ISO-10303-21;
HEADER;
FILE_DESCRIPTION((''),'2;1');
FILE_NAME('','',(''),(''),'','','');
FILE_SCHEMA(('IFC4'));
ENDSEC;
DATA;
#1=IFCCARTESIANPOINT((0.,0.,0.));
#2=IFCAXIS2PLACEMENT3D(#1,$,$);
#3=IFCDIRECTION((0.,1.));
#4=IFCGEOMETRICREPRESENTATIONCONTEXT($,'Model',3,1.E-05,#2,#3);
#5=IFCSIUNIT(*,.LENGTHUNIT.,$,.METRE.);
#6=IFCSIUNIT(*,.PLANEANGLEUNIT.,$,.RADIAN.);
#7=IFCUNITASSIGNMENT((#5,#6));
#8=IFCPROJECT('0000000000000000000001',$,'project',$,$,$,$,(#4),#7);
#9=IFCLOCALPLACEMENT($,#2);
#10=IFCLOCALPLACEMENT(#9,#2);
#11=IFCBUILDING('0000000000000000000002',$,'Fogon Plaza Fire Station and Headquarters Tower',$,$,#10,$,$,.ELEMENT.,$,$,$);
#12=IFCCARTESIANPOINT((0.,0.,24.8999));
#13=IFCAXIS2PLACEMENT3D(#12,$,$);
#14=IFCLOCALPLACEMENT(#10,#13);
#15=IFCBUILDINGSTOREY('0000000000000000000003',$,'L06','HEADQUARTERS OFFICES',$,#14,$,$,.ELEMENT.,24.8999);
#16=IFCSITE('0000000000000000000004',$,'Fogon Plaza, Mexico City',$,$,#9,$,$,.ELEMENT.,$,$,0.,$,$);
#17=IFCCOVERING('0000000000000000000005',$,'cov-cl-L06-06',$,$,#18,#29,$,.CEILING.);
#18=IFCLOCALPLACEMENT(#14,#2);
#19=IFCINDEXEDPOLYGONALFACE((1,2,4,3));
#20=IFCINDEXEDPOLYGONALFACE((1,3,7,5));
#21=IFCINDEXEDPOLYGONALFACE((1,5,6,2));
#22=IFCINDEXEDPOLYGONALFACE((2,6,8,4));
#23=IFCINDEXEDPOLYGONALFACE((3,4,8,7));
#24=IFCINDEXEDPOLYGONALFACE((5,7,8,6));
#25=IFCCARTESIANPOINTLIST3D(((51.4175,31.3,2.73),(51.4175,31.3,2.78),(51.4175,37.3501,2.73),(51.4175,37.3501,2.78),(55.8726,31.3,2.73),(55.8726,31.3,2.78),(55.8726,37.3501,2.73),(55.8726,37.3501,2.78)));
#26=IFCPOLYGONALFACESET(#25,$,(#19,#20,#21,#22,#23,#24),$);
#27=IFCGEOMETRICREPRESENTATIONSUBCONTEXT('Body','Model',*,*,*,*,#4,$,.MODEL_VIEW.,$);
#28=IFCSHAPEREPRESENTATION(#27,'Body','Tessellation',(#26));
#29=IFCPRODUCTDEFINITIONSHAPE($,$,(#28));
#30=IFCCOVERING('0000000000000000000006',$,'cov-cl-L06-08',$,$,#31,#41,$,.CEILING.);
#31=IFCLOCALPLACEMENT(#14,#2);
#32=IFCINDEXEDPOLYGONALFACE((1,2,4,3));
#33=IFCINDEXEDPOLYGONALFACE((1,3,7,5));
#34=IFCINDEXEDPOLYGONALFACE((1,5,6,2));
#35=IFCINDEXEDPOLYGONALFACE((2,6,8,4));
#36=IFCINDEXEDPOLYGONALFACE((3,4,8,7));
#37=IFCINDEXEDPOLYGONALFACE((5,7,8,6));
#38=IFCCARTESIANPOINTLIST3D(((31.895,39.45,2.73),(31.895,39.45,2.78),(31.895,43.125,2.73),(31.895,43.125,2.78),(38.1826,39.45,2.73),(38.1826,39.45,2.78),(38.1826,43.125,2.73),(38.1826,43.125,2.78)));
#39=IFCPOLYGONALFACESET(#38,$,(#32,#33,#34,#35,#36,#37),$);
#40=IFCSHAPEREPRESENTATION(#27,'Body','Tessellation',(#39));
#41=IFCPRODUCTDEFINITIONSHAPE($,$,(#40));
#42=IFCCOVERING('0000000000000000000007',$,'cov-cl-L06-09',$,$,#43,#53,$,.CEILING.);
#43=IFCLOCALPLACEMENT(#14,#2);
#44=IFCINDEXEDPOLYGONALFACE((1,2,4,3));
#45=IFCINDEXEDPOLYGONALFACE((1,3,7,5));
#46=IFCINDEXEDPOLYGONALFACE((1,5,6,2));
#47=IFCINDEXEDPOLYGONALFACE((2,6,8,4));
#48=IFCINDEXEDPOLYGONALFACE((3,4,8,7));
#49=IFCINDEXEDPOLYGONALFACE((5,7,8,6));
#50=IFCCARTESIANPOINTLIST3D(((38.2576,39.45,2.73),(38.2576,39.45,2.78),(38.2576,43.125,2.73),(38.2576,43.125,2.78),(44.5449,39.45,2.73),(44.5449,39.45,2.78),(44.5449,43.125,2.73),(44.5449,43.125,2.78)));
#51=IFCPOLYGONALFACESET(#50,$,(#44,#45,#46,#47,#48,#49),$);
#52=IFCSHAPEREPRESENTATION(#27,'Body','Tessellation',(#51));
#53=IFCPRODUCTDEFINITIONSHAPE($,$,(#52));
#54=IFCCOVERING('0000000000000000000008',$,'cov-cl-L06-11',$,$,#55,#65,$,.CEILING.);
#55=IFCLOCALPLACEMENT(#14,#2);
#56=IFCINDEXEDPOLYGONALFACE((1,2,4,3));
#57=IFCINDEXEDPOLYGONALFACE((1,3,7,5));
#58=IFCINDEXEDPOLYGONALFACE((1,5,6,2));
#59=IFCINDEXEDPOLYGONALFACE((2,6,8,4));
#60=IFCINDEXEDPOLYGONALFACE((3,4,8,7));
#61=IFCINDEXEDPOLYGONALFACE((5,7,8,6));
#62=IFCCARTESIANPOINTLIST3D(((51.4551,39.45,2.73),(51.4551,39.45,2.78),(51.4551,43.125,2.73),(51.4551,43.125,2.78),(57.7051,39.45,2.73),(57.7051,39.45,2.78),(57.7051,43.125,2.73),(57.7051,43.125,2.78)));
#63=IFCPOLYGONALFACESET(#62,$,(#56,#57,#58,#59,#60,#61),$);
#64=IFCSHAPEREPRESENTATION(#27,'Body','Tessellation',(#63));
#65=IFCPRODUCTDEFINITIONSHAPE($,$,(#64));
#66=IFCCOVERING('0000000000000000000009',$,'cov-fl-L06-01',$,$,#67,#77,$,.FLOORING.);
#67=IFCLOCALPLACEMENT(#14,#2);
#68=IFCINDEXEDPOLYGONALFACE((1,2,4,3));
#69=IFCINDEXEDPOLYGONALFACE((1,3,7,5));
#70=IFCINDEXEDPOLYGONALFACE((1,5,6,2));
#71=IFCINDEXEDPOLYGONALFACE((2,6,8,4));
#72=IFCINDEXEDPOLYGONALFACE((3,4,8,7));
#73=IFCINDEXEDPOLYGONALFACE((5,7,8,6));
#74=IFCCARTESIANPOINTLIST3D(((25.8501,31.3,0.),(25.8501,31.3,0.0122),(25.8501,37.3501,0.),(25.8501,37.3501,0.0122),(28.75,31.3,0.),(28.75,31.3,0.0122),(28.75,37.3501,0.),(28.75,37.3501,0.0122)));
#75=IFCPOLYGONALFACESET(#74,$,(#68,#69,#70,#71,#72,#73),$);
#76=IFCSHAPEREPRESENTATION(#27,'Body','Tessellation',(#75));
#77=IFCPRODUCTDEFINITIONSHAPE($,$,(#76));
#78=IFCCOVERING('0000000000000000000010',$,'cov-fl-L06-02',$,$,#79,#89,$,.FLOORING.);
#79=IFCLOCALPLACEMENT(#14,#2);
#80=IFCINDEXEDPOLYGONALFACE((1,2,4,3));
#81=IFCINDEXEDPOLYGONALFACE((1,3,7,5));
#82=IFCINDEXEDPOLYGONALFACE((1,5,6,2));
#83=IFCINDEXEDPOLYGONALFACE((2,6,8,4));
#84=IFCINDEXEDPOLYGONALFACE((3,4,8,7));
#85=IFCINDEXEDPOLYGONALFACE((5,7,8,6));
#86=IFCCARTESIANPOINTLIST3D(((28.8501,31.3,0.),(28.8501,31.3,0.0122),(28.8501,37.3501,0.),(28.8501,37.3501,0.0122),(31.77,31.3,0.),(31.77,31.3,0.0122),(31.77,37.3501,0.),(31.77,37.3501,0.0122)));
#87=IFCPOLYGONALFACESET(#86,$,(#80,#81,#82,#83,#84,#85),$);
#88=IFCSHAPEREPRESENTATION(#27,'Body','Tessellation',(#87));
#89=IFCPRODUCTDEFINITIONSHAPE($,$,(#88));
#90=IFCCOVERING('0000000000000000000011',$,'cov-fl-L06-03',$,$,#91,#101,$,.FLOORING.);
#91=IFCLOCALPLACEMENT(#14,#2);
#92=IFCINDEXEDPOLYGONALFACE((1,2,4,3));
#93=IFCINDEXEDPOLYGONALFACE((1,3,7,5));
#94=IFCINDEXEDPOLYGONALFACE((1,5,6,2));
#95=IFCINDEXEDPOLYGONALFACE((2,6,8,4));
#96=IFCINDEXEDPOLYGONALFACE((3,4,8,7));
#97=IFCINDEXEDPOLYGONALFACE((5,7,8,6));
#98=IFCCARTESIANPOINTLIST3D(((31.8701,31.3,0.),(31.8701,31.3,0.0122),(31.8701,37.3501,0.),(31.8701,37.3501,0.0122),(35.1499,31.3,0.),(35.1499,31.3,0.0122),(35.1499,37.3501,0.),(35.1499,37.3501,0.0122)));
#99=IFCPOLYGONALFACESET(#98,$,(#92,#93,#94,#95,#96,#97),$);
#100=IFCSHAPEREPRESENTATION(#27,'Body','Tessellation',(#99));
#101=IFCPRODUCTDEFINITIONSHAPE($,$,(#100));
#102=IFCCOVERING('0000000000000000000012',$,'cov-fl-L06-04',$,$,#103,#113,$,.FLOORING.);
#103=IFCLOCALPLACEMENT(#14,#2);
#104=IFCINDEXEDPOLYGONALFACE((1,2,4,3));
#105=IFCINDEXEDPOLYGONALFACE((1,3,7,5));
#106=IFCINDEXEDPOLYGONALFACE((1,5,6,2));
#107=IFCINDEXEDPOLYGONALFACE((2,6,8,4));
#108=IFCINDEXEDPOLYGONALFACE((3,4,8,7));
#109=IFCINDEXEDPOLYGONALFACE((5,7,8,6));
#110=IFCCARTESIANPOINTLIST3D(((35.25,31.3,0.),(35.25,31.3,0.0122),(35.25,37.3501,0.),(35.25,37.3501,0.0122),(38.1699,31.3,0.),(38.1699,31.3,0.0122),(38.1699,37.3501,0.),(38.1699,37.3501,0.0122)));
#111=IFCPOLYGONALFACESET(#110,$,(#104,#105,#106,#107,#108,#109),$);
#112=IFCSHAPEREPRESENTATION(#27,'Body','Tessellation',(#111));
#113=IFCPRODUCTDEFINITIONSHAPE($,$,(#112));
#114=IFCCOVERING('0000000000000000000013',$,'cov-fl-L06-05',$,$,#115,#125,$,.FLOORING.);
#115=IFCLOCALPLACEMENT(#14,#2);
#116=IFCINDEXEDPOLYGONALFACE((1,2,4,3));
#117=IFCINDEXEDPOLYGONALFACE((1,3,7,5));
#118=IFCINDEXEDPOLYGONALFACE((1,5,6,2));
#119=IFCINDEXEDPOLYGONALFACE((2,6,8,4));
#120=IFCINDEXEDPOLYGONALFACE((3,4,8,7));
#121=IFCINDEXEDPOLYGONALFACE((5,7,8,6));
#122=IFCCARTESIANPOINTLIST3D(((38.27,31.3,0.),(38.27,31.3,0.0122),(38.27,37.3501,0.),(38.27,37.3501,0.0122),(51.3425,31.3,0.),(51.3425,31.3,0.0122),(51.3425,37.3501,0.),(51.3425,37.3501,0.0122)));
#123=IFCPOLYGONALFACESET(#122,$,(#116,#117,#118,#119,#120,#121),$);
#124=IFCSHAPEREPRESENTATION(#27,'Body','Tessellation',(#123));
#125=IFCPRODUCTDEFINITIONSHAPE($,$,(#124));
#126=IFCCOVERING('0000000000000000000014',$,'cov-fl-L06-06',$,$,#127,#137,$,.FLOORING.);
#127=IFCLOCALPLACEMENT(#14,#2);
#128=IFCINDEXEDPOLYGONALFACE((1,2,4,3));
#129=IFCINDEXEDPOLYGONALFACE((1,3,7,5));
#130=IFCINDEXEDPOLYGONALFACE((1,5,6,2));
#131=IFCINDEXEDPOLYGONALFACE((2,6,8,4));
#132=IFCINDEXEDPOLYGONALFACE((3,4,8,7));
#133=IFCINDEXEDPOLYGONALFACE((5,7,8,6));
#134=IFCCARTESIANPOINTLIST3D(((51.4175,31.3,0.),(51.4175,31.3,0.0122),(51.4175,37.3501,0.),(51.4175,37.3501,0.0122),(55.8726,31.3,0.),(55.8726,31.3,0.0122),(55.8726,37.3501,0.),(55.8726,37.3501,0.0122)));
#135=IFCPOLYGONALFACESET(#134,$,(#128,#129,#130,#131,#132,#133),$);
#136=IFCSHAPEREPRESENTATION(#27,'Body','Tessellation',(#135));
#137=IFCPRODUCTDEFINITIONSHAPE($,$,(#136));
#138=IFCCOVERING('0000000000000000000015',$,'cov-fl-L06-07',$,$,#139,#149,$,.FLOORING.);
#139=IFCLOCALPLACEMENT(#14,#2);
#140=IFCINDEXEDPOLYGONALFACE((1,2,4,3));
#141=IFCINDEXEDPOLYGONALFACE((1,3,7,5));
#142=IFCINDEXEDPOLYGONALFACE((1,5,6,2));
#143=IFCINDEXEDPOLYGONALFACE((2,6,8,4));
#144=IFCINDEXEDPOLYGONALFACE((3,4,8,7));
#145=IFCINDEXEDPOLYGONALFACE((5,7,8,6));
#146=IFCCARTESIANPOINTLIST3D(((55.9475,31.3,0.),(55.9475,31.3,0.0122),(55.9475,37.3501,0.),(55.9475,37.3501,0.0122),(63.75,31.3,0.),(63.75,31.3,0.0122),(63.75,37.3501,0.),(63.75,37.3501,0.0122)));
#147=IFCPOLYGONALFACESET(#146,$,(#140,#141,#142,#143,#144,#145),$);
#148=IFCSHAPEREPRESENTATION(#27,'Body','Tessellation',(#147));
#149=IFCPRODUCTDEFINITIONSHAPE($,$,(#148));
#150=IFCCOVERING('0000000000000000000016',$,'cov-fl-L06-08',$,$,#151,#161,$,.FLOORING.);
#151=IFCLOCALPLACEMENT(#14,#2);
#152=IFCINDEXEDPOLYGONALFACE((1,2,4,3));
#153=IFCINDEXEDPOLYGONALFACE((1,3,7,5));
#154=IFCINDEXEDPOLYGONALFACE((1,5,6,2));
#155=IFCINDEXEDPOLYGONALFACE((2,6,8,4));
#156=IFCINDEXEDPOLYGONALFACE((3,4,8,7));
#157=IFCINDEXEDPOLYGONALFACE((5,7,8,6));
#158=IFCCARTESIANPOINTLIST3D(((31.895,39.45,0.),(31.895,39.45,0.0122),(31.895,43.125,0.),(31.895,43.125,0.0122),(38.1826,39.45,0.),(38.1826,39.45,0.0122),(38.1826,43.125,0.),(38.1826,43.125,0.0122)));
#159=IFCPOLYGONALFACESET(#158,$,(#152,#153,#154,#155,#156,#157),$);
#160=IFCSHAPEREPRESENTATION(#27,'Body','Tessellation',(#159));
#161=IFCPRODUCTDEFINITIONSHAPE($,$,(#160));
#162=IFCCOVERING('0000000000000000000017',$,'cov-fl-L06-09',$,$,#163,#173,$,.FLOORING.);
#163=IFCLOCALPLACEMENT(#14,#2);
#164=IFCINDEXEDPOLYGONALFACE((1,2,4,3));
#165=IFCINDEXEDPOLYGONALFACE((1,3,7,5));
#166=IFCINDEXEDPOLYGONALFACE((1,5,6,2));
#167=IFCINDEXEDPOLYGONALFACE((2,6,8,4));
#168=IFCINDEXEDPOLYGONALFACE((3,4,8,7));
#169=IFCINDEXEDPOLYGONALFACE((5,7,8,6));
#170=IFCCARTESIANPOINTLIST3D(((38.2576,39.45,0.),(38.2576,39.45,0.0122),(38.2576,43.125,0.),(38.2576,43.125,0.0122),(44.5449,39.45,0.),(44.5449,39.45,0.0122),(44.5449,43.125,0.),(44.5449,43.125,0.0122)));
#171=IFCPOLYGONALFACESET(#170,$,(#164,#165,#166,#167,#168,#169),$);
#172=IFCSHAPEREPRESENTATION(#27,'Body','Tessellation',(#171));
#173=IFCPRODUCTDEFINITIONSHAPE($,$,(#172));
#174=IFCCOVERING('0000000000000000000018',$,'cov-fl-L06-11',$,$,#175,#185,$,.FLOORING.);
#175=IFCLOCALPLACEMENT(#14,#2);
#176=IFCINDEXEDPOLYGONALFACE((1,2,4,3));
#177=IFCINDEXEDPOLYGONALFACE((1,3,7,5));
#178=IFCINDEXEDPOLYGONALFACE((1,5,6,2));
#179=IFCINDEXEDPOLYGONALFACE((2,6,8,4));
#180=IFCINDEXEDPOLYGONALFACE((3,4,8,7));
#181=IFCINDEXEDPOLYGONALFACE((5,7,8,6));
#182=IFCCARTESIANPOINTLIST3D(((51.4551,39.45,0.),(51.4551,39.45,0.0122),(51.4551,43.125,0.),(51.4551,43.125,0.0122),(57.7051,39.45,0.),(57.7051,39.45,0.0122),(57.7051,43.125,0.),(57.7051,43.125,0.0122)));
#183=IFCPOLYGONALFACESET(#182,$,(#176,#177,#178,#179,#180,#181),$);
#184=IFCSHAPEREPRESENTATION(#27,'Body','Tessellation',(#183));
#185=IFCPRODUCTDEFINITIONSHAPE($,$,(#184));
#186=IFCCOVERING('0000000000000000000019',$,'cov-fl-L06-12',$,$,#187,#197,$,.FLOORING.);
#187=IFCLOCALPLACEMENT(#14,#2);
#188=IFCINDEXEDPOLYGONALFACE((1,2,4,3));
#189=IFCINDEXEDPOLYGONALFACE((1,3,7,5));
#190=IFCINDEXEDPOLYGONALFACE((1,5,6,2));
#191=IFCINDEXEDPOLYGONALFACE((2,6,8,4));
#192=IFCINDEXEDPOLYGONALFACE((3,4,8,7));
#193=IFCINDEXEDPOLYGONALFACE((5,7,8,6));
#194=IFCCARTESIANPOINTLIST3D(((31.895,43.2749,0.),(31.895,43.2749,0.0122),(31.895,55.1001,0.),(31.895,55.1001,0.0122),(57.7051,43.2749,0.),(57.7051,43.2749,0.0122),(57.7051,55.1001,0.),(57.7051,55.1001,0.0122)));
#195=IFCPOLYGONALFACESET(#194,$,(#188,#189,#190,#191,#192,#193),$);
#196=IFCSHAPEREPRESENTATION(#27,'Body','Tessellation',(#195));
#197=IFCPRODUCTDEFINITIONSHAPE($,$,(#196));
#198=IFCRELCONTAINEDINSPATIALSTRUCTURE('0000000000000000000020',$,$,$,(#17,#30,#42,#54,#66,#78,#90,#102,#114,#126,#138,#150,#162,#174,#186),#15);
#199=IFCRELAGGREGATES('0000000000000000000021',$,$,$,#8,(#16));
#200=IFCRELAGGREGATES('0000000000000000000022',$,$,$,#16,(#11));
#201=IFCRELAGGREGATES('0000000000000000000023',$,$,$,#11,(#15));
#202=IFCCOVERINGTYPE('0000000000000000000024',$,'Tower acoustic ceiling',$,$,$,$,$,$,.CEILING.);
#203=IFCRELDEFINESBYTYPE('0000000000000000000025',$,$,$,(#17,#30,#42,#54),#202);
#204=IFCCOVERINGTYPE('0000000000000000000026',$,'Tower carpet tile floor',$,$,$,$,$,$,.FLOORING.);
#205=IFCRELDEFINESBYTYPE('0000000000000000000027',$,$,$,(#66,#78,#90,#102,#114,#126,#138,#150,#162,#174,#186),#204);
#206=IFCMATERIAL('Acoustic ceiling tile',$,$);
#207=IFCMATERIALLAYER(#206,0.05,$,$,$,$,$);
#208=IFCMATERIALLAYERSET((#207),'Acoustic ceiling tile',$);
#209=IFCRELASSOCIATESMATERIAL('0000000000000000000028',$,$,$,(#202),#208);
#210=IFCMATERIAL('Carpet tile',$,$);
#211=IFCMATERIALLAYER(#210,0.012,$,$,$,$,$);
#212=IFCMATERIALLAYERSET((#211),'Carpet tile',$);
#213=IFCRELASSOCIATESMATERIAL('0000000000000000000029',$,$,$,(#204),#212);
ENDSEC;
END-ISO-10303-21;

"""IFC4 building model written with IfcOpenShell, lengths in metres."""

from ifc_helpers import new_model, si_unit, direction, frame, origin, place, context, subcontext, project, spatial, polyline, outline, extrude, material, layer, layer_set, type_object, element, save


model = new_model("IFC4")

# Units and contexts
model_context = context("Model", 3, precision=1e-05, world=origin(), true_north=direction((0.0, 1.0)))
body_context = subcontext(model_context, "Body", "Model", "MODEL_VIEW")
ifc_project = project(units=[si_unit("LENGTHUNIT", "METRE"), si_unit("PLANEANGLEUNIT", "RADIAN")], contexts=[model_context])

# Site, building, storey
site_placement = place(None, origin())
site = spatial("IfcSite", under=ifc_project, at=site_placement, Name="Fogon Plaza, Mexico City", CompositionType="ELEMENT", RefElevation=0.0)
building_placement = place(site_placement, origin())
building = spatial("IfcBuilding", under=site, at=building_placement, Name="Fogon Plaza Fire Station and Headquarters Tower", CompositionType="ELEMENT")
storey_placement = place(building_placement, frame((0.0, 0.0, 24.8999)))
storey = spatial("IfcBuildingStorey", under=building, at=storey_placement, Name="L06", Description="HEADQUARTERS OFFICES", CompositionType="ELEMENT", Elevation=24.8999)

# Coverings
ifc_material_1 = material(Name="Acoustic ceiling tile")
ifc_layer_1 = layer(ifc_material_1, 0.05)
ifc_layer_set_1 = layer_set([ifc_layer_1], Name="Acoustic ceiling tile")
covering_type_1 = type_object("IfcCoveringType", Name="Tower acoustic ceiling", PredefinedType="CEILING", material=ifc_layer_set_1)
covering_1_placement = place(storey_placement, frame((0.0, 0.0, 2.73)))
element("IfcCovering", 1, at=covering_1_placement, inside=storey, type_object=covering_type_1, Name="cov-cl-L06-06", PredefinedType="CEILING", context=body_context, shape_type="SweptSolid", body=[
    extrude(outline(polyline([(55.8726, 31.3), (55.8726, 37.3501), (51.4175, 37.3501), (51.4175, 31.3), (55.8726, 31.3)])), origin(), (0.0, 0.0, 1.0), 0.05),
])
covering_2_placement = place(storey_placement, frame((0.0, 0.0, 2.73)))
element("IfcCovering", 2, at=covering_2_placement, inside=storey, type_object=covering_type_1, Name="cov-cl-L06-08", PredefinedType="CEILING", context=body_context, shape_type="SweptSolid", body=[
    extrude(outline(polyline([(38.1826, 39.45), (38.1826, 43.125), (31.895, 43.125), (31.895, 39.45), (38.1826, 39.45)])), origin(), (0.0, 0.0, 1.0), 0.05),
])
covering_3_placement = place(storey_placement, frame((0.0, 0.0, 2.73)))
element("IfcCovering", 3, at=covering_3_placement, inside=storey, type_object=covering_type_1, Name="cov-cl-L06-09", PredefinedType="CEILING", context=body_context, shape_type="SweptSolid", body=[
    extrude(outline(polyline([(44.5449, 39.45), (44.5449, 43.125), (38.2576, 43.125), (38.2576, 39.45), (44.5449, 39.45)])), origin(), (0.0, 0.0, 1.0), 0.05),
])
covering_4_placement = place(storey_placement, frame((0.0, 0.0, 2.73)))
element("IfcCovering", 4, at=covering_4_placement, inside=storey, type_object=covering_type_1, Name="cov-cl-L06-11", PredefinedType="CEILING", context=body_context, shape_type="SweptSolid", body=[
    extrude(outline(polyline([(57.7051, 39.45), (57.7051, 43.125), (51.4551, 43.125), (51.4551, 39.45), (57.7051, 39.45)])), origin(), (0.0, 0.0, 1.0), 0.05),
])
ifc_material_2 = material(Name="Carpet tile")
ifc_layer_2 = layer(ifc_material_2, 0.012)
ifc_layer_set_2 = layer_set([ifc_layer_2], Name="Carpet tile")
covering_type_2 = type_object("IfcCoveringType", Name="Tower carpet tile floor", PredefinedType="FLOORING", material=ifc_layer_set_2)
covering_5_placement = place(storey_placement, origin())
element("IfcCovering", 5, at=covering_5_placement, inside=storey, type_object=covering_type_2, Name="cov-fl-L06-01", PredefinedType="FLOORING", context=body_context, shape_type="SweptSolid", body=[
    extrude(outline(polyline([(28.75, 31.3), (28.75, 37.3501), (25.8501, 37.3501), (25.8501, 31.3), (28.75, 31.3)])), origin(), (0.0, 0.0, 1.0), 0.0122),
])
covering_6_placement = place(storey_placement, origin())
element("IfcCovering", 6, at=covering_6_placement, inside=storey, type_object=covering_type_2, Name="cov-fl-L06-02", PredefinedType="FLOORING", context=body_context, shape_type="SweptSolid", body=[
    extrude(outline(polyline([(31.77, 31.3), (31.77, 37.3501), (28.8501, 37.3501), (28.8501, 31.3), (31.77, 31.3)])), origin(), (0.0, 0.0, 1.0), 0.0122),
])
covering_7_placement = place(storey_placement, origin())
element("IfcCovering", 7, at=covering_7_placement, inside=storey, type_object=covering_type_2, Name="cov-fl-L06-03", PredefinedType="FLOORING", context=body_context, shape_type="SweptSolid", body=[
    extrude(outline(polyline([(35.1499, 31.3), (35.1499, 37.3501), (31.8701, 37.3501), (31.8701, 31.3), (35.1499, 31.3)])), origin(), (0.0, 0.0, 1.0), 0.0122),
])
covering_8_placement = place(storey_placement, origin())
element("IfcCovering", 8, at=covering_8_placement, inside=storey, type_object=covering_type_2, Name="cov-fl-L06-04", PredefinedType="FLOORING", context=body_context, shape_type="SweptSolid", body=[
    extrude(outline(polyline([(38.1699, 31.3), (38.1699, 37.3501), (35.25, 37.3501), (35.25, 31.3), (38.1699, 31.3)])), origin(), (0.0, 0.0, 1.0), 0.0122),
])
covering_9_placement = place(storey_placement, origin())
element("IfcCovering", 9, at=covering_9_placement, inside=storey, type_object=covering_type_2, Name="cov-fl-L06-05", PredefinedType="FLOORING", context=body_context, shape_type="SweptSolid", body=[
    extrude(outline(polyline([(51.3425, 31.3), (51.3425, 37.3501), (38.27, 37.3501), (38.27, 31.3), (51.3425, 31.3)])), origin(), (0.0, 0.0, 1.0), 0.0122),
])
covering_10_placement = place(storey_placement, origin())
element("IfcCovering", 10, at=covering_10_placement, inside=storey, type_object=covering_type_2, Name="cov-fl-L06-06", PredefinedType="FLOORING", context=body_context, shape_type="SweptSolid", body=[
    extrude(outline(polyline([(55.8726, 31.3), (55.8726, 37.3501), (51.4175, 37.3501), (51.4175, 31.3), (55.8726, 31.3)])), origin(), (0.0, 0.0, 1.0), 0.0122),
])
covering_11_placement = place(storey_placement, origin())
element("IfcCovering", 11, at=covering_11_placement, inside=storey, type_object=covering_type_2, Name="cov-fl-L06-07", PredefinedType="FLOORING", context=body_context, shape_type="SweptSolid", body=[
    extrude(outline(polyline([(63.75, 31.3), (63.75, 37.3501), (55.9475, 37.3501), (55.9475, 31.3), (63.75, 31.3)])), origin(), (0.0, 0.0, 1.0), 0.0122),
])
covering_12_placement = place(storey_placement, origin())
element("IfcCovering", 12, at=covering_12_placement, inside=storey, type_object=covering_type_2, Name="cov-fl-L06-08", PredefinedType="FLOORING", context=body_context, shape_type="SweptSolid", body=[
    extrude(outline(polyline([(38.1826, 39.45), (38.1826, 43.125), (31.895, 43.125), (31.895, 39.45), (38.1826, 39.45)])), origin(), (0.0, 0.0, 1.0), 0.0122),
])
covering_13_placement = place(storey_placement, origin())
element("IfcCovering", 13, at=covering_13_placement, inside=storey, type_object=covering_type_2, Name="cov-fl-L06-09", PredefinedType="FLOORING", context=body_context, shape_type="SweptSolid", body=[
    extrude(outline(polyline([(44.5449, 39.45), (44.5449, 43.125), (38.2576, 43.125), (38.2576, 39.45), (44.5449, 39.45)])), origin(), (0.0, 0.0, 1.0), 0.0122),
])
covering_14_placement = place(storey_placement, origin())
element("IfcCovering", 14, at=covering_14_placement, inside=storey, type_object=covering_type_2, Name="cov-fl-L06-11", PredefinedType="FLOORING", context=body_context, shape_type="SweptSolid", body=[
    extrude(outline(polyline([(57.7051, 39.45), (57.7051, 43.125), (51.4551, 43.125), (51.4551, 39.45), (57.7051, 39.45)])), origin(), (0.0, 0.0, 1.0), 0.0122),
])
covering_15_placement = place(storey_placement, origin())
element("IfcCovering", 15, at=covering_15_placement, inside=storey, type_object=covering_type_2, Name="cov-fl-L06-12", PredefinedType="FLOORING", context=body_context, shape_type="SweptSolid", body=[
    extrude(outline(polyline([(57.7051, 43.2749), (57.7051, 55.1001), (31.895, 55.1001), (31.895, 43.2749), (57.7051, 43.2749)])), origin(), (0.0, 0.0, 1.0), 0.0122),
])

save(model, "model.ifc")
